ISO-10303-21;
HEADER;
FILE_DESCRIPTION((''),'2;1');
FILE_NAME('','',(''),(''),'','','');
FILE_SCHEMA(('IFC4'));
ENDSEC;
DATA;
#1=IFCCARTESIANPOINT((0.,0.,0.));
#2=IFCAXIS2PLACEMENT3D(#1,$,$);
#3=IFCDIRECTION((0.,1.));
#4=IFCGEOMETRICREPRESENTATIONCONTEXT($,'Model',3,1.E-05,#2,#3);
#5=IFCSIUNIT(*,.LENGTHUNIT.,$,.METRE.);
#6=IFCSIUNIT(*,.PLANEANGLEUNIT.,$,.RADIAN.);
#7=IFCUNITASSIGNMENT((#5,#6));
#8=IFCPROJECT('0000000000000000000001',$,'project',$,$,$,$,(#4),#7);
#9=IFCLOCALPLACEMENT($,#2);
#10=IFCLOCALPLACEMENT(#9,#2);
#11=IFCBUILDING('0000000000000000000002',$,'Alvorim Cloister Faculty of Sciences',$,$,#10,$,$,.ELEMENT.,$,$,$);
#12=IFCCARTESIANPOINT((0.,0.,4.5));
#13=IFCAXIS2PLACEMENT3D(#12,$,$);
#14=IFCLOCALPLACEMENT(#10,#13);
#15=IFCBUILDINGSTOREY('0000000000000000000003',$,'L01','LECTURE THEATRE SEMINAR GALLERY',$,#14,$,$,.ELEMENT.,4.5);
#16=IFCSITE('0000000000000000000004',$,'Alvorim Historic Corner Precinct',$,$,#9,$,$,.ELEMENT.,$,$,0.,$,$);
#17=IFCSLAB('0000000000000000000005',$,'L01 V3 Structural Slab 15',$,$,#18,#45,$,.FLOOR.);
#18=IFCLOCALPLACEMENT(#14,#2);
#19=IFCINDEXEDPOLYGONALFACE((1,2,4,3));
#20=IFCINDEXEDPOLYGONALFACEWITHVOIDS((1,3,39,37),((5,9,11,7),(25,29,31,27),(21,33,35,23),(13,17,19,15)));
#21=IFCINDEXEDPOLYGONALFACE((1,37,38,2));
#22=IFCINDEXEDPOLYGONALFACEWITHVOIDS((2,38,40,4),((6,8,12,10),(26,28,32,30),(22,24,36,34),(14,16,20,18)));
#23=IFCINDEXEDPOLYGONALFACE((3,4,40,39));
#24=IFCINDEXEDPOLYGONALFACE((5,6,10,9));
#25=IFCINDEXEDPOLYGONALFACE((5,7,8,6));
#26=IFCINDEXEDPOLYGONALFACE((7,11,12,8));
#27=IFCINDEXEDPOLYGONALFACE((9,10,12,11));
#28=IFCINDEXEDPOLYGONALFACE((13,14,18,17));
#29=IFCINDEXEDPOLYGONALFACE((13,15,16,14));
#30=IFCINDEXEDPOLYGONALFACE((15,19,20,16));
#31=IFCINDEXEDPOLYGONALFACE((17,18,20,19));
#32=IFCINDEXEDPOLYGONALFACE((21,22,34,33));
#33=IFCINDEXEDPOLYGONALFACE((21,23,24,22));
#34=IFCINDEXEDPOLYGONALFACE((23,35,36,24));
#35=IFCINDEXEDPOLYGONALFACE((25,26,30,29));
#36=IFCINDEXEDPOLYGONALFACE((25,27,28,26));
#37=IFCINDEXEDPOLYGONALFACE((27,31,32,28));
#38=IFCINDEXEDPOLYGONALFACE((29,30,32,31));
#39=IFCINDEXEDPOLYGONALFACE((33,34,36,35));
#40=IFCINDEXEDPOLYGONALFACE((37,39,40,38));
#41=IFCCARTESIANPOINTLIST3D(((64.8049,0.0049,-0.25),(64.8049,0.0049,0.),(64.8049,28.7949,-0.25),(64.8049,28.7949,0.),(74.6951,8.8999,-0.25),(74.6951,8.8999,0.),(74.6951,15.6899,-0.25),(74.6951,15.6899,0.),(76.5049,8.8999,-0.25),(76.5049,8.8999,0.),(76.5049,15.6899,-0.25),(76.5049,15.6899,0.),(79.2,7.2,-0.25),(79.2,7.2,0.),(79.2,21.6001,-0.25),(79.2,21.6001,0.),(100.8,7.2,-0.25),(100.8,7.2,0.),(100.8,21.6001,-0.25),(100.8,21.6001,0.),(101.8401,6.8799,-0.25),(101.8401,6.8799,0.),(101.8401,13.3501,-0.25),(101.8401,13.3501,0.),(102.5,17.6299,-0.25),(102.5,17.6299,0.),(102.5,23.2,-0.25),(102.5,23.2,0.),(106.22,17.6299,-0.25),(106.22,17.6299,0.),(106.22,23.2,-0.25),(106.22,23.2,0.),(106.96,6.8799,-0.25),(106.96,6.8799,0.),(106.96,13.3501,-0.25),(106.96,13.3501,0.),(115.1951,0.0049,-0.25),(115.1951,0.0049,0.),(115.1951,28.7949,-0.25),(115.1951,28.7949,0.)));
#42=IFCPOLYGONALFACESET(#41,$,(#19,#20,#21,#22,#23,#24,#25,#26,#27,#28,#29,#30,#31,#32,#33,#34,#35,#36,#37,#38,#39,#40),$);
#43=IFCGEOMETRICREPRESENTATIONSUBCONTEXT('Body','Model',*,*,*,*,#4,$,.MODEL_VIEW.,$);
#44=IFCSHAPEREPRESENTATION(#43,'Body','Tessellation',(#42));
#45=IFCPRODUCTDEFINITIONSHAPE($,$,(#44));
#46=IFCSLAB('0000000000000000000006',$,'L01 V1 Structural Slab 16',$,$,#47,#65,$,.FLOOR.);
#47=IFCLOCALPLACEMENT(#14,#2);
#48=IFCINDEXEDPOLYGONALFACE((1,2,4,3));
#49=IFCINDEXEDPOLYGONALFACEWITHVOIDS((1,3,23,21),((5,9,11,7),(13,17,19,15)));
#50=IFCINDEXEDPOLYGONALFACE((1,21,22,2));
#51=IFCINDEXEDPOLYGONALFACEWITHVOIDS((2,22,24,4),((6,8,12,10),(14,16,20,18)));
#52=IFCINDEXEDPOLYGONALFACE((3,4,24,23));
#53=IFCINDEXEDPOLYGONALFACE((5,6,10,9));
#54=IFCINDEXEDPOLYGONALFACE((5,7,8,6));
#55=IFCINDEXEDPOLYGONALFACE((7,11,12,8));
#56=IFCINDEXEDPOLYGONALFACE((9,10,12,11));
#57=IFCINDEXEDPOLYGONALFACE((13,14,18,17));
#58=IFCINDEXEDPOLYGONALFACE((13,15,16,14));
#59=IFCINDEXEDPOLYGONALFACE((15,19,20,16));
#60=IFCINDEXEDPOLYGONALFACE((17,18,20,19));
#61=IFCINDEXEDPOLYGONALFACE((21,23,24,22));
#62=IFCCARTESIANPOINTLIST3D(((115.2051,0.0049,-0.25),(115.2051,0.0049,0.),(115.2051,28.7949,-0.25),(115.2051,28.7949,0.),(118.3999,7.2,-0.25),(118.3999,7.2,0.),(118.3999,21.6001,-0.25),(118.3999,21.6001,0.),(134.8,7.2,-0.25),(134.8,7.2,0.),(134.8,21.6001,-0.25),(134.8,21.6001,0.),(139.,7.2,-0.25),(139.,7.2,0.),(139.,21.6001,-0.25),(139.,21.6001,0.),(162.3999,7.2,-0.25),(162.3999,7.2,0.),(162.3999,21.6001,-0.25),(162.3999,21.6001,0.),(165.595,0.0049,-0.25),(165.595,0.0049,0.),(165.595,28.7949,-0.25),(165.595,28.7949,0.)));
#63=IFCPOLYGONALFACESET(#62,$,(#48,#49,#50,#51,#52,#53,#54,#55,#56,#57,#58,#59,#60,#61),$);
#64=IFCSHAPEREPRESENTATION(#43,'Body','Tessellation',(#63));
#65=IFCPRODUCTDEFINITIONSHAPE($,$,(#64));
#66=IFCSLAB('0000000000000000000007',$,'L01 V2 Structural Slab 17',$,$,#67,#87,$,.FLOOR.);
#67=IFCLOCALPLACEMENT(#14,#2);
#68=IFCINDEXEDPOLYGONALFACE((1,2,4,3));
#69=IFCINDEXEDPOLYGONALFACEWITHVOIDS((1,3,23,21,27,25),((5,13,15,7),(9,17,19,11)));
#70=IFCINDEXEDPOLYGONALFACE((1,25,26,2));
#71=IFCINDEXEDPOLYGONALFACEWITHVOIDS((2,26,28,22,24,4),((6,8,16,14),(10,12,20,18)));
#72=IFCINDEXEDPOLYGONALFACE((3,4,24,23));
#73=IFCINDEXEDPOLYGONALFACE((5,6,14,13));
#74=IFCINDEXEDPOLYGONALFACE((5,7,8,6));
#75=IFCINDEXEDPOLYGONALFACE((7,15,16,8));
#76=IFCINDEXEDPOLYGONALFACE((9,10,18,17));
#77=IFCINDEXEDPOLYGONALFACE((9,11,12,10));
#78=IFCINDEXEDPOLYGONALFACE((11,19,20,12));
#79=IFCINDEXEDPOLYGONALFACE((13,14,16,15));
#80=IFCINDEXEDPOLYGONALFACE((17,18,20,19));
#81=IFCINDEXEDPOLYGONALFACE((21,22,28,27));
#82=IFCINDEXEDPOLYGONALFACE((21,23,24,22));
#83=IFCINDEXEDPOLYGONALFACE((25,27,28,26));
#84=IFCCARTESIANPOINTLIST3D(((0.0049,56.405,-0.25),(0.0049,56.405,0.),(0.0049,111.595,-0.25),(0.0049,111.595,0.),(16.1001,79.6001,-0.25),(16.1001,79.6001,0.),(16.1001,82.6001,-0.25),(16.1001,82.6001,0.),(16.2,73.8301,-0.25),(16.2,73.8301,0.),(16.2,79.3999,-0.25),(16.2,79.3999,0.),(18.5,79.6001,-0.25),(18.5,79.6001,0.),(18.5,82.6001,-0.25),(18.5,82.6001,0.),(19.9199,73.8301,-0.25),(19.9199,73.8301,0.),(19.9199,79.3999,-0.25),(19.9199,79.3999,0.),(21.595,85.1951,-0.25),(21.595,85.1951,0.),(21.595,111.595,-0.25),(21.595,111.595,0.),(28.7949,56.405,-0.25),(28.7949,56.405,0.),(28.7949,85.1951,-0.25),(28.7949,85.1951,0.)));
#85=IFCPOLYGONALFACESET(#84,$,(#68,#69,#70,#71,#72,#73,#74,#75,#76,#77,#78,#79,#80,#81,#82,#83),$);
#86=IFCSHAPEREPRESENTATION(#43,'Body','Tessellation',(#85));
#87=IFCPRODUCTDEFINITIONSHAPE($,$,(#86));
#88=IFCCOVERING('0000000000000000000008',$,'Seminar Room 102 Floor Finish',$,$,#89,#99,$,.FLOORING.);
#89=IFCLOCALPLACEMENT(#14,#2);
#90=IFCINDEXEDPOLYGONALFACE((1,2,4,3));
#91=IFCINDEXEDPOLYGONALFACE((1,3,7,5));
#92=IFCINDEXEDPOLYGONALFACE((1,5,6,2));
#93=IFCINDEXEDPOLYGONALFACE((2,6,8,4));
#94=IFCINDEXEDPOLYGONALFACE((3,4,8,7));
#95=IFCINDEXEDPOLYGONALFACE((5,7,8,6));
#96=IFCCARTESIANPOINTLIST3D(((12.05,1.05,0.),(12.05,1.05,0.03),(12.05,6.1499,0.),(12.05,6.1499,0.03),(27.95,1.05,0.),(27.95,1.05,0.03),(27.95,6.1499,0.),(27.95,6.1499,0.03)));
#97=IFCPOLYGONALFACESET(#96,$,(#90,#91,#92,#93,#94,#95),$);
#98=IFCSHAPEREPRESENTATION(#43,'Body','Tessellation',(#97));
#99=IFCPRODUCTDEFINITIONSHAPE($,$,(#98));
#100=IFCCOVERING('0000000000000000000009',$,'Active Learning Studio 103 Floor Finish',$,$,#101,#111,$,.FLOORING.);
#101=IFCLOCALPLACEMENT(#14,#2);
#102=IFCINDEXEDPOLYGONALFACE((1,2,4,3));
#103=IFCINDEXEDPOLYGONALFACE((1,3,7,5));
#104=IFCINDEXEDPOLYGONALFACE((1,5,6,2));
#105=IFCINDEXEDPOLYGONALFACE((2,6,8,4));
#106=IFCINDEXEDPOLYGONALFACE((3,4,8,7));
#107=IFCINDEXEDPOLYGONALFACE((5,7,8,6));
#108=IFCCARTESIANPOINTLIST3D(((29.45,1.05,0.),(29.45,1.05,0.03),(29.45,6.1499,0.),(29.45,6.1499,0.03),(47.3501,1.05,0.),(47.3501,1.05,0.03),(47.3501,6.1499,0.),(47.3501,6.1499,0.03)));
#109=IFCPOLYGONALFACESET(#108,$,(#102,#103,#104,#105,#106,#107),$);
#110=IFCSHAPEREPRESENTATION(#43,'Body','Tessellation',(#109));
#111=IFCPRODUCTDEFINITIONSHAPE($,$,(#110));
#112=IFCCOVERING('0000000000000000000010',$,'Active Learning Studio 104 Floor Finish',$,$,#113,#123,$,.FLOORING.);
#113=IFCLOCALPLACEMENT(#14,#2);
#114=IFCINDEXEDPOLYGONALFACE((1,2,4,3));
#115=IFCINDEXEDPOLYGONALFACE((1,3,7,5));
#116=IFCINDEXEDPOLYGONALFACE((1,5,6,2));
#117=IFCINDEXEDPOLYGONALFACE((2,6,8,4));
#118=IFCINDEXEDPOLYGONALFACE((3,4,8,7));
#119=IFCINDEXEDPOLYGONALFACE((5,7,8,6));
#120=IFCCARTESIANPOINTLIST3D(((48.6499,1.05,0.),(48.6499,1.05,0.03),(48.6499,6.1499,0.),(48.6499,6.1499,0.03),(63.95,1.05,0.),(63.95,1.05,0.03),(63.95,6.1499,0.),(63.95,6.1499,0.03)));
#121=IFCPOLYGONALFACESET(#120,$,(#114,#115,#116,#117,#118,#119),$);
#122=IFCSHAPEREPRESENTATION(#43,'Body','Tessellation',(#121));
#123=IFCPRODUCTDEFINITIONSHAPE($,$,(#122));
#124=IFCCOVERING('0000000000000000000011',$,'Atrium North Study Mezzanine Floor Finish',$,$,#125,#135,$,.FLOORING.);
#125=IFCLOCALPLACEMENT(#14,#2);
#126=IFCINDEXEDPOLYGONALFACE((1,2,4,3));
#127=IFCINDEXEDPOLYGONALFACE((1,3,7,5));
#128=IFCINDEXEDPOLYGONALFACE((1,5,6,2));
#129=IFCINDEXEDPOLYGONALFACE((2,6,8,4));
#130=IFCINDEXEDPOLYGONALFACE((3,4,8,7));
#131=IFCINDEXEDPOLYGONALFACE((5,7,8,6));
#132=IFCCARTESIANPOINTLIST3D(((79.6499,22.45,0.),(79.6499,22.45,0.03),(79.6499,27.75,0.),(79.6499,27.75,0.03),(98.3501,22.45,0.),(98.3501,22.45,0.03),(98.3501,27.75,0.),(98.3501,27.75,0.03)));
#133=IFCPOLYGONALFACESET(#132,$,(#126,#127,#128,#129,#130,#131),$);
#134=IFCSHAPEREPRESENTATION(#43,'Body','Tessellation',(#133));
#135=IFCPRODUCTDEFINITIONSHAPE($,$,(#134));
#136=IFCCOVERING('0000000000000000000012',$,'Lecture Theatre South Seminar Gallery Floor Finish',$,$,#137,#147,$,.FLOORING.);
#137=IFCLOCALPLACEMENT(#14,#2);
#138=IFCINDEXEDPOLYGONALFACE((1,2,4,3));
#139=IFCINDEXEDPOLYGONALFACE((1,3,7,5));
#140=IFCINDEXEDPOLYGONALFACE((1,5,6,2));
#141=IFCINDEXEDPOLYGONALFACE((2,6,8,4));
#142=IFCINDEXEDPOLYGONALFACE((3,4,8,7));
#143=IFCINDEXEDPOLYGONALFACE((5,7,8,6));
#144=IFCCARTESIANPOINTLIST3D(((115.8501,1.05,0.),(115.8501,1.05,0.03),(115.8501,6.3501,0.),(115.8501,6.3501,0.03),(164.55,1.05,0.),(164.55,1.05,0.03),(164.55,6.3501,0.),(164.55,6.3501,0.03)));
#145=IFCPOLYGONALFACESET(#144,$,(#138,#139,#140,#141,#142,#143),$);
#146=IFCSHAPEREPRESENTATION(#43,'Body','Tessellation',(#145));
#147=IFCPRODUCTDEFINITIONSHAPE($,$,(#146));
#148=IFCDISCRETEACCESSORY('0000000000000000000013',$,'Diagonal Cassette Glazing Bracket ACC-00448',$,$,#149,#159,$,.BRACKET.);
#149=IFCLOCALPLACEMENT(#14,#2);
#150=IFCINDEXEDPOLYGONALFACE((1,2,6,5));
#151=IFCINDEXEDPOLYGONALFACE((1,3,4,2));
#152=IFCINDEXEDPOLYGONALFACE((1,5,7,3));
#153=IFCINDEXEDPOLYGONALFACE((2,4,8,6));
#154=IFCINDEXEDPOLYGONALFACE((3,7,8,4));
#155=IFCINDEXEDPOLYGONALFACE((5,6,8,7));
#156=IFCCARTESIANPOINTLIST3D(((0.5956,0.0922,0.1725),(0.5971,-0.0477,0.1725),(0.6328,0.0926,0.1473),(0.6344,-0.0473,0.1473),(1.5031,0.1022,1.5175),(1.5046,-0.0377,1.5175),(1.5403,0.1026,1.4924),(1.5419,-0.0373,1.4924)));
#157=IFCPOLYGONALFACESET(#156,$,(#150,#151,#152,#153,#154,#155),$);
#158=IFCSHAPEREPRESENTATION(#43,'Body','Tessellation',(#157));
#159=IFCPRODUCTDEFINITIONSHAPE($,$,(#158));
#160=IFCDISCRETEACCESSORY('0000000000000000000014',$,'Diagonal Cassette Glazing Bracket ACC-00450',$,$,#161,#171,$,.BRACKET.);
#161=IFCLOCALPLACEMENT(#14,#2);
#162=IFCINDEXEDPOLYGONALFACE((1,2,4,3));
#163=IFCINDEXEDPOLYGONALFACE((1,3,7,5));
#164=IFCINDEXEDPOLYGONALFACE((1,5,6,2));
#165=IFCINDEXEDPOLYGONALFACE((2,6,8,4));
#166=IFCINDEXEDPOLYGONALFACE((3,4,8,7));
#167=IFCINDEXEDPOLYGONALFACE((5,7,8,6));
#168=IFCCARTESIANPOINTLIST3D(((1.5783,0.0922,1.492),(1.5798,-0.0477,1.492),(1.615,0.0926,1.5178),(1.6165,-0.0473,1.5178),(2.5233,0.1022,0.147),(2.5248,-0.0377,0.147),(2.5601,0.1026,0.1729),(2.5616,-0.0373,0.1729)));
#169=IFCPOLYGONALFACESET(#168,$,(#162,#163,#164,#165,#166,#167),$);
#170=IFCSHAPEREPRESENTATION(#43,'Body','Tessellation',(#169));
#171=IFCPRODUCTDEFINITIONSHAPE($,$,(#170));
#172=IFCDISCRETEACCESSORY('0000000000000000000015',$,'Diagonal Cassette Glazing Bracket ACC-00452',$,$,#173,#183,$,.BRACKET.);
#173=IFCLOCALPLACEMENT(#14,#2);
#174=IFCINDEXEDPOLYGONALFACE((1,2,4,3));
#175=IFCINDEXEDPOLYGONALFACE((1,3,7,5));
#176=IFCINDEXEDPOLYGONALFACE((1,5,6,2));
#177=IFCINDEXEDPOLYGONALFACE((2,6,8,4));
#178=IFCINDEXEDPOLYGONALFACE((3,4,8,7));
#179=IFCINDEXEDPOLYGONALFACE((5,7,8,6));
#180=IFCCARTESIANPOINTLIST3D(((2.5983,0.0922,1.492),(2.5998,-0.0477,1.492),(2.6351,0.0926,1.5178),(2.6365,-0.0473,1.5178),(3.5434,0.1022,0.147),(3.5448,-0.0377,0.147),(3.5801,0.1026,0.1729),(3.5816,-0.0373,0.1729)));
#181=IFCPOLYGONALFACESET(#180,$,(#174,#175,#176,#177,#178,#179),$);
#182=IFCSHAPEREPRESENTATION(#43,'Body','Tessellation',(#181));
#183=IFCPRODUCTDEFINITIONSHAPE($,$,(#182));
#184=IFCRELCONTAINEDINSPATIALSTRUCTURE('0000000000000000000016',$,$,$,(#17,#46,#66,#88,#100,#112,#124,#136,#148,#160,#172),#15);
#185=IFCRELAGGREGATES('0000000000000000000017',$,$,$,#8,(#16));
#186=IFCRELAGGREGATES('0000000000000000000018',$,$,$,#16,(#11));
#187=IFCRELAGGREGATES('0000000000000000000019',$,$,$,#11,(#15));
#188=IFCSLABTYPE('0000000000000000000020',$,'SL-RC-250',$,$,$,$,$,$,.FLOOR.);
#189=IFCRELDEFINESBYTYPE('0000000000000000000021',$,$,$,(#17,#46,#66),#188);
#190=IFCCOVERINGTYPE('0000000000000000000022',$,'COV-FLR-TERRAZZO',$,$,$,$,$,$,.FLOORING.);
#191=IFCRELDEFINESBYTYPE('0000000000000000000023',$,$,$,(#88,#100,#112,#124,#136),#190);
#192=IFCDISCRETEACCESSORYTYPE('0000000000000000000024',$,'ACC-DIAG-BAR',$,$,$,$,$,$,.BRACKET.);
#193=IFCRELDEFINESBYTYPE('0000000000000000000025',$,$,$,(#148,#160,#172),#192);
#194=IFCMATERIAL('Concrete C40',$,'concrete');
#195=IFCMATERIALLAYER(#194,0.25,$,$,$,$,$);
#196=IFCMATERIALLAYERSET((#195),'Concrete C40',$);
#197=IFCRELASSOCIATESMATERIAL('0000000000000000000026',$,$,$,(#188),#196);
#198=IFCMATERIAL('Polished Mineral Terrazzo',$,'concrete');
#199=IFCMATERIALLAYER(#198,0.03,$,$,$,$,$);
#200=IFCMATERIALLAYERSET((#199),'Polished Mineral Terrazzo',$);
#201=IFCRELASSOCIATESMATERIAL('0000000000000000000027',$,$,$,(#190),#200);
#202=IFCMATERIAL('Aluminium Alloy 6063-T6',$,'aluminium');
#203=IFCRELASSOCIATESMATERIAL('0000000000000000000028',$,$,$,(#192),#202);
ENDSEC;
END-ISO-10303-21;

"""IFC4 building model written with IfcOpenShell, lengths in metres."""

from ifc_helpers import new_model, si_unit, direction, frame, origin, origin_2d, place, context, subcontext, project, spatial, polyline, rectangle, outline, extrude, material, layer, layer_set, type_object, element, save


model = new_model("IFC4")

# Units and contexts
model_context = context("Model", 3, precision=1e-05, world=origin(), true_north=direction((0.0, 1.0)))
body_context = subcontext(model_context, "Body", "Model", "MODEL_VIEW")
ifc_project = project(units=[si_unit("LENGTHUNIT", "METRE"), si_unit("PLANEANGLEUNIT", "RADIAN")], contexts=[model_context])

# Site, building, storey
site_placement = place(None, origin())
site = spatial("IfcSite", under=ifc_project, at=site_placement, Name="Alvorim Historic Corner Precinct", CompositionType="ELEMENT", RefElevation=0.0)
building_placement = place(site_placement, origin())
building = spatial("IfcBuilding", under=site, at=building_placement, Name="Alvorim Cloister Faculty of Sciences", CompositionType="ELEMENT")
storey_placement = place(building_placement, frame((0.0, 0.0, 4.5)))
storey = spatial("IfcBuildingStorey", under=building, at=storey_placement, Name="L01", Description="LECTURE THEATRE SEMINAR GALLERY", CompositionType="ELEMENT", Elevation=4.5)

# Shared definitions
ifc_material_1 = material(Name="Concrete C40", Category="concrete")

# Shared definitions
ifc_material_2 = material(Name="Aluminium Alloy 6063-T6", Category="aluminium")

# Slabs
ifc_layer_1 = layer(ifc_material_1, 0.25)
ifc_layer_set_1 = layer_set([ifc_layer_1], Name="Concrete C40")
slab_type = type_object("IfcSlabType", Name="SL-RC-250", PredefinedType="FLOOR", material=ifc_layer_set_1)
slab_1_placement = place(storey_placement, frame((0.0, 0.0, -0.25)))
element("IfcSlab", 1, at=slab_1_placement, inside=storey, type_object=slab_type, Name="L01 V3 Structural Slab 15", PredefinedType="FLOOR", context=body_context, shape_type="SweptSolid", body=[
    extrude(outline(polyline([(64.8049, 0.0049), (64.8049, 28.7949), (115.1951, 28.7949), (115.1951, 0.0049), (64.8049, 0.0049)]), holes=[polyline([(106.96, 13.3501), (101.8401, 13.3501), (101.8401, 6.8799), (106.96, 6.8799), (106.96, 13.3501)]), polyline([(76.5049, 15.6899), (74.6951, 15.6899), (74.6951, 8.8999), (76.5049, 8.8999), (76.5049, 15.6899)]), polyline([(100.8, 7.2), (100.8, 21.6001), (79.2, 21.6001), (79.2, 7.2), (100.8, 7.2)]), polyline([(106.22, 23.2), (102.5, 23.2), (102.5, 17.6299), (106.22, 17.6299), (106.22, 23.2)])]), origin(), (0.0, 0.0, 1.0), 0.25),
])
slab_2_placement = place(storey_placement, frame((0.0, 0.0, -0.25)))
element("IfcSlab", 2, at=slab_2_placement, inside=storey, type_object=slab_type, Name="L01 V1 Structural Slab 16", PredefinedType="FLOOR", context=body_context, shape_type="SweptSolid", body=[
    extrude(outline(polyline([(115.2051, 0.0049), (115.2051, 28.7949), (165.595, 28.7949), (165.595, 0.0049), (115.2051, 0.0049)]), holes=[polyline([(134.8, 7.2), (134.8, 21.6001), (118.3999, 21.6001), (118.3999, 7.2), (134.8, 7.2)]), polyline([(162.3999, 21.6001), (139.0, 21.6001), (139.0, 7.2), (162.3999, 7.2), (162.3999, 21.6001)])]), origin(), (0.0, 0.0, 1.0), 0.25),
])
slab_3_placement = place(storey_placement, frame((0.0, 0.0, -0.25)))
element("IfcSlab", 3, at=slab_3_placement, inside=storey, type_object=slab_type, Name="L01 V2 Structural Slab 17", PredefinedType="FLOOR", context=body_context, shape_type="SweptSolid", body=[
    extrude(outline(polyline([(28.7949, 56.405), (0.0049, 56.405), (0.0049, 111.595), (21.595, 111.595), (21.595, 85.1951), (28.7949, 85.1951), (28.7949, 56.405)]), holes=[polyline([(19.9199, 73.8301), (19.9199, 79.3999), (16.2, 79.3999), (16.2, 73.8301), (19.9199, 73.8301)]), polyline([(18.5, 82.6001), (16.1001, 82.6001), (16.1001, 79.6001), (18.5, 79.6001), (18.5, 82.6001)])]), origin(), (0.0, 0.0, 1.0), 0.25),
])

# Coverings
ifc_material_3 = material(Name="Polished Mineral Terrazzo", Category="concrete")
ifc_layer_2 = layer(ifc_material_3, 0.03)
ifc_layer_set_2 = layer_set([ifc_layer_2], Name="Polished Mineral Terrazzo")
covering_type = type_object("IfcCoveringType", Name="COV-FLR-TERRAZZO", PredefinedType="FLOORING", material=ifc_layer_set_2)
covering_1_placement = place(storey_placement, origin())
element("IfcCovering", 4, at=covering_1_placement, inside=storey, type_object=covering_type, Name="Seminar Room 102 Floor Finish", PredefinedType="FLOORING", context=body_context, shape_type="SweptSolid", body=[
    extrude(outline(polyline([(12.05, 1.05), (27.95, 1.05), (27.95, 6.1499), (12.05, 6.1499), (12.05, 1.05)])), origin(), (0.0, 0.0, 1.0), 0.03),
])
covering_2_placement = place(storey_placement, origin())
element("IfcCovering", 5, at=covering_2_placement, inside=storey, type_object=covering_type, Name="Active Learning Studio 103 Floor Finish", PredefinedType="FLOORING", context=body_context, shape_type="SweptSolid", body=[
    extrude(outline(polyline([(29.45, 1.05), (47.3501, 1.05), (47.3501, 6.1499), (29.45, 6.1499), (29.45, 1.05)])), origin(), (0.0, 0.0, 1.0), 0.03),
])
covering_3_placement = place(storey_placement, origin())
element("IfcCovering", 6, at=covering_3_placement, inside=storey, type_object=covering_type, Name="Active Learning Studio 104 Floor Finish", PredefinedType="FLOORING", context=body_context, shape_type="SweptSolid", body=[
    extrude(outline(polyline([(48.6499, 1.05), (63.95, 1.05), (63.95, 6.1499), (48.6499, 6.1499), (48.6499, 1.05)])), origin(), (0.0, 0.0, 1.0), 0.03),
])
covering_4_placement = place(storey_placement, origin())
element("IfcCovering", 7, at=covering_4_placement, inside=storey, type_object=covering_type, Name="Atrium North Study Mezzanine Floor Finish", PredefinedType="FLOORING", context=body_context, shape_type="SweptSolid", body=[
    extrude(outline(polyline([(79.6499, 22.45), (98.3501, 22.45), (98.3501, 27.75), (79.6499, 27.75), (79.6499, 22.45)])), origin(), (0.0, 0.0, 1.0), 0.03),
])
covering_5_placement = place(storey_placement, origin())
element("IfcCovering", 8, at=covering_5_placement, inside=storey, type_object=covering_type, Name="Lecture Theatre South Seminar Gallery Floor Finish", PredefinedType="FLOORING", context=body_context, shape_type="SweptSolid", body=[
    extrude(outline(polyline([(115.8501, 1.05), (164.55, 1.05), (164.55, 6.3501), (115.8501, 6.3501), (115.8501, 1.05)])), origin(), (0.0, 0.0, 1.0), 0.03),
])

# Discrete accessories
discrete_accessory_type = type_object("IfcDiscreteAccessoryType", Name="ACC-DIAG-BAR", PredefinedType="BRACKET", material=ifc_material_2)
discrete_accessory_placement = place(storey_placement, frame((0.615, 0.0225, 0.1599), z_axis=(0.559299, 0.006169, 0.828943), x_axis=(-0.01103, 0.999939, 0.0)))
element("IfcDiscreteAccessory", 9, at=discrete_accessory_placement, inside=storey, type_object=discrete_accessory_type, Name="Diagonal Cassette Glazing Bracket ACC-00448", PredefinedType="BRACKET", context=body_context, shape_type="SweptSolid", body=[
    extrude(rectangle(XDim=0.1399, YDim=0.0449, at=origin_2d()), origin(), (0.0, 0.0, 1.0), 1.6226),
])
for number, where, z_axis, x_axis, name in (
    (10, (1.5974, 0.0225, 1.5049), (0.574916, 0.006089, -0.81819), (-0.010591, 0.999944, 0.0), "Diagonal Cassette Glazing Bracket ACC-00450"),
    (11, (2.6174, 0.0225, 1.5049), (0.574916, 0.006089, -0.81819), (-0.010591, 0.999944, 0.0), "Diagonal Cassette Glazing Bracket ACC-00452"),
):
    element("IfcDiscreteAccessory", number, at=place(storey_placement, frame(where, z_axis=z_axis, x_axis=x_axis)), inside=storey, type_object=discrete_accessory_type, Name=name, PredefinedType="BRACKET", context=body_context, shape_type="SweptSolid", body=[
        extrude(rectangle(XDim=0.1399, YDim=0.0449, at=origin_2d()), origin(), (0.0, 0.0, 1.0), 1.6438),
    ])

save(model, "model.ifc")
